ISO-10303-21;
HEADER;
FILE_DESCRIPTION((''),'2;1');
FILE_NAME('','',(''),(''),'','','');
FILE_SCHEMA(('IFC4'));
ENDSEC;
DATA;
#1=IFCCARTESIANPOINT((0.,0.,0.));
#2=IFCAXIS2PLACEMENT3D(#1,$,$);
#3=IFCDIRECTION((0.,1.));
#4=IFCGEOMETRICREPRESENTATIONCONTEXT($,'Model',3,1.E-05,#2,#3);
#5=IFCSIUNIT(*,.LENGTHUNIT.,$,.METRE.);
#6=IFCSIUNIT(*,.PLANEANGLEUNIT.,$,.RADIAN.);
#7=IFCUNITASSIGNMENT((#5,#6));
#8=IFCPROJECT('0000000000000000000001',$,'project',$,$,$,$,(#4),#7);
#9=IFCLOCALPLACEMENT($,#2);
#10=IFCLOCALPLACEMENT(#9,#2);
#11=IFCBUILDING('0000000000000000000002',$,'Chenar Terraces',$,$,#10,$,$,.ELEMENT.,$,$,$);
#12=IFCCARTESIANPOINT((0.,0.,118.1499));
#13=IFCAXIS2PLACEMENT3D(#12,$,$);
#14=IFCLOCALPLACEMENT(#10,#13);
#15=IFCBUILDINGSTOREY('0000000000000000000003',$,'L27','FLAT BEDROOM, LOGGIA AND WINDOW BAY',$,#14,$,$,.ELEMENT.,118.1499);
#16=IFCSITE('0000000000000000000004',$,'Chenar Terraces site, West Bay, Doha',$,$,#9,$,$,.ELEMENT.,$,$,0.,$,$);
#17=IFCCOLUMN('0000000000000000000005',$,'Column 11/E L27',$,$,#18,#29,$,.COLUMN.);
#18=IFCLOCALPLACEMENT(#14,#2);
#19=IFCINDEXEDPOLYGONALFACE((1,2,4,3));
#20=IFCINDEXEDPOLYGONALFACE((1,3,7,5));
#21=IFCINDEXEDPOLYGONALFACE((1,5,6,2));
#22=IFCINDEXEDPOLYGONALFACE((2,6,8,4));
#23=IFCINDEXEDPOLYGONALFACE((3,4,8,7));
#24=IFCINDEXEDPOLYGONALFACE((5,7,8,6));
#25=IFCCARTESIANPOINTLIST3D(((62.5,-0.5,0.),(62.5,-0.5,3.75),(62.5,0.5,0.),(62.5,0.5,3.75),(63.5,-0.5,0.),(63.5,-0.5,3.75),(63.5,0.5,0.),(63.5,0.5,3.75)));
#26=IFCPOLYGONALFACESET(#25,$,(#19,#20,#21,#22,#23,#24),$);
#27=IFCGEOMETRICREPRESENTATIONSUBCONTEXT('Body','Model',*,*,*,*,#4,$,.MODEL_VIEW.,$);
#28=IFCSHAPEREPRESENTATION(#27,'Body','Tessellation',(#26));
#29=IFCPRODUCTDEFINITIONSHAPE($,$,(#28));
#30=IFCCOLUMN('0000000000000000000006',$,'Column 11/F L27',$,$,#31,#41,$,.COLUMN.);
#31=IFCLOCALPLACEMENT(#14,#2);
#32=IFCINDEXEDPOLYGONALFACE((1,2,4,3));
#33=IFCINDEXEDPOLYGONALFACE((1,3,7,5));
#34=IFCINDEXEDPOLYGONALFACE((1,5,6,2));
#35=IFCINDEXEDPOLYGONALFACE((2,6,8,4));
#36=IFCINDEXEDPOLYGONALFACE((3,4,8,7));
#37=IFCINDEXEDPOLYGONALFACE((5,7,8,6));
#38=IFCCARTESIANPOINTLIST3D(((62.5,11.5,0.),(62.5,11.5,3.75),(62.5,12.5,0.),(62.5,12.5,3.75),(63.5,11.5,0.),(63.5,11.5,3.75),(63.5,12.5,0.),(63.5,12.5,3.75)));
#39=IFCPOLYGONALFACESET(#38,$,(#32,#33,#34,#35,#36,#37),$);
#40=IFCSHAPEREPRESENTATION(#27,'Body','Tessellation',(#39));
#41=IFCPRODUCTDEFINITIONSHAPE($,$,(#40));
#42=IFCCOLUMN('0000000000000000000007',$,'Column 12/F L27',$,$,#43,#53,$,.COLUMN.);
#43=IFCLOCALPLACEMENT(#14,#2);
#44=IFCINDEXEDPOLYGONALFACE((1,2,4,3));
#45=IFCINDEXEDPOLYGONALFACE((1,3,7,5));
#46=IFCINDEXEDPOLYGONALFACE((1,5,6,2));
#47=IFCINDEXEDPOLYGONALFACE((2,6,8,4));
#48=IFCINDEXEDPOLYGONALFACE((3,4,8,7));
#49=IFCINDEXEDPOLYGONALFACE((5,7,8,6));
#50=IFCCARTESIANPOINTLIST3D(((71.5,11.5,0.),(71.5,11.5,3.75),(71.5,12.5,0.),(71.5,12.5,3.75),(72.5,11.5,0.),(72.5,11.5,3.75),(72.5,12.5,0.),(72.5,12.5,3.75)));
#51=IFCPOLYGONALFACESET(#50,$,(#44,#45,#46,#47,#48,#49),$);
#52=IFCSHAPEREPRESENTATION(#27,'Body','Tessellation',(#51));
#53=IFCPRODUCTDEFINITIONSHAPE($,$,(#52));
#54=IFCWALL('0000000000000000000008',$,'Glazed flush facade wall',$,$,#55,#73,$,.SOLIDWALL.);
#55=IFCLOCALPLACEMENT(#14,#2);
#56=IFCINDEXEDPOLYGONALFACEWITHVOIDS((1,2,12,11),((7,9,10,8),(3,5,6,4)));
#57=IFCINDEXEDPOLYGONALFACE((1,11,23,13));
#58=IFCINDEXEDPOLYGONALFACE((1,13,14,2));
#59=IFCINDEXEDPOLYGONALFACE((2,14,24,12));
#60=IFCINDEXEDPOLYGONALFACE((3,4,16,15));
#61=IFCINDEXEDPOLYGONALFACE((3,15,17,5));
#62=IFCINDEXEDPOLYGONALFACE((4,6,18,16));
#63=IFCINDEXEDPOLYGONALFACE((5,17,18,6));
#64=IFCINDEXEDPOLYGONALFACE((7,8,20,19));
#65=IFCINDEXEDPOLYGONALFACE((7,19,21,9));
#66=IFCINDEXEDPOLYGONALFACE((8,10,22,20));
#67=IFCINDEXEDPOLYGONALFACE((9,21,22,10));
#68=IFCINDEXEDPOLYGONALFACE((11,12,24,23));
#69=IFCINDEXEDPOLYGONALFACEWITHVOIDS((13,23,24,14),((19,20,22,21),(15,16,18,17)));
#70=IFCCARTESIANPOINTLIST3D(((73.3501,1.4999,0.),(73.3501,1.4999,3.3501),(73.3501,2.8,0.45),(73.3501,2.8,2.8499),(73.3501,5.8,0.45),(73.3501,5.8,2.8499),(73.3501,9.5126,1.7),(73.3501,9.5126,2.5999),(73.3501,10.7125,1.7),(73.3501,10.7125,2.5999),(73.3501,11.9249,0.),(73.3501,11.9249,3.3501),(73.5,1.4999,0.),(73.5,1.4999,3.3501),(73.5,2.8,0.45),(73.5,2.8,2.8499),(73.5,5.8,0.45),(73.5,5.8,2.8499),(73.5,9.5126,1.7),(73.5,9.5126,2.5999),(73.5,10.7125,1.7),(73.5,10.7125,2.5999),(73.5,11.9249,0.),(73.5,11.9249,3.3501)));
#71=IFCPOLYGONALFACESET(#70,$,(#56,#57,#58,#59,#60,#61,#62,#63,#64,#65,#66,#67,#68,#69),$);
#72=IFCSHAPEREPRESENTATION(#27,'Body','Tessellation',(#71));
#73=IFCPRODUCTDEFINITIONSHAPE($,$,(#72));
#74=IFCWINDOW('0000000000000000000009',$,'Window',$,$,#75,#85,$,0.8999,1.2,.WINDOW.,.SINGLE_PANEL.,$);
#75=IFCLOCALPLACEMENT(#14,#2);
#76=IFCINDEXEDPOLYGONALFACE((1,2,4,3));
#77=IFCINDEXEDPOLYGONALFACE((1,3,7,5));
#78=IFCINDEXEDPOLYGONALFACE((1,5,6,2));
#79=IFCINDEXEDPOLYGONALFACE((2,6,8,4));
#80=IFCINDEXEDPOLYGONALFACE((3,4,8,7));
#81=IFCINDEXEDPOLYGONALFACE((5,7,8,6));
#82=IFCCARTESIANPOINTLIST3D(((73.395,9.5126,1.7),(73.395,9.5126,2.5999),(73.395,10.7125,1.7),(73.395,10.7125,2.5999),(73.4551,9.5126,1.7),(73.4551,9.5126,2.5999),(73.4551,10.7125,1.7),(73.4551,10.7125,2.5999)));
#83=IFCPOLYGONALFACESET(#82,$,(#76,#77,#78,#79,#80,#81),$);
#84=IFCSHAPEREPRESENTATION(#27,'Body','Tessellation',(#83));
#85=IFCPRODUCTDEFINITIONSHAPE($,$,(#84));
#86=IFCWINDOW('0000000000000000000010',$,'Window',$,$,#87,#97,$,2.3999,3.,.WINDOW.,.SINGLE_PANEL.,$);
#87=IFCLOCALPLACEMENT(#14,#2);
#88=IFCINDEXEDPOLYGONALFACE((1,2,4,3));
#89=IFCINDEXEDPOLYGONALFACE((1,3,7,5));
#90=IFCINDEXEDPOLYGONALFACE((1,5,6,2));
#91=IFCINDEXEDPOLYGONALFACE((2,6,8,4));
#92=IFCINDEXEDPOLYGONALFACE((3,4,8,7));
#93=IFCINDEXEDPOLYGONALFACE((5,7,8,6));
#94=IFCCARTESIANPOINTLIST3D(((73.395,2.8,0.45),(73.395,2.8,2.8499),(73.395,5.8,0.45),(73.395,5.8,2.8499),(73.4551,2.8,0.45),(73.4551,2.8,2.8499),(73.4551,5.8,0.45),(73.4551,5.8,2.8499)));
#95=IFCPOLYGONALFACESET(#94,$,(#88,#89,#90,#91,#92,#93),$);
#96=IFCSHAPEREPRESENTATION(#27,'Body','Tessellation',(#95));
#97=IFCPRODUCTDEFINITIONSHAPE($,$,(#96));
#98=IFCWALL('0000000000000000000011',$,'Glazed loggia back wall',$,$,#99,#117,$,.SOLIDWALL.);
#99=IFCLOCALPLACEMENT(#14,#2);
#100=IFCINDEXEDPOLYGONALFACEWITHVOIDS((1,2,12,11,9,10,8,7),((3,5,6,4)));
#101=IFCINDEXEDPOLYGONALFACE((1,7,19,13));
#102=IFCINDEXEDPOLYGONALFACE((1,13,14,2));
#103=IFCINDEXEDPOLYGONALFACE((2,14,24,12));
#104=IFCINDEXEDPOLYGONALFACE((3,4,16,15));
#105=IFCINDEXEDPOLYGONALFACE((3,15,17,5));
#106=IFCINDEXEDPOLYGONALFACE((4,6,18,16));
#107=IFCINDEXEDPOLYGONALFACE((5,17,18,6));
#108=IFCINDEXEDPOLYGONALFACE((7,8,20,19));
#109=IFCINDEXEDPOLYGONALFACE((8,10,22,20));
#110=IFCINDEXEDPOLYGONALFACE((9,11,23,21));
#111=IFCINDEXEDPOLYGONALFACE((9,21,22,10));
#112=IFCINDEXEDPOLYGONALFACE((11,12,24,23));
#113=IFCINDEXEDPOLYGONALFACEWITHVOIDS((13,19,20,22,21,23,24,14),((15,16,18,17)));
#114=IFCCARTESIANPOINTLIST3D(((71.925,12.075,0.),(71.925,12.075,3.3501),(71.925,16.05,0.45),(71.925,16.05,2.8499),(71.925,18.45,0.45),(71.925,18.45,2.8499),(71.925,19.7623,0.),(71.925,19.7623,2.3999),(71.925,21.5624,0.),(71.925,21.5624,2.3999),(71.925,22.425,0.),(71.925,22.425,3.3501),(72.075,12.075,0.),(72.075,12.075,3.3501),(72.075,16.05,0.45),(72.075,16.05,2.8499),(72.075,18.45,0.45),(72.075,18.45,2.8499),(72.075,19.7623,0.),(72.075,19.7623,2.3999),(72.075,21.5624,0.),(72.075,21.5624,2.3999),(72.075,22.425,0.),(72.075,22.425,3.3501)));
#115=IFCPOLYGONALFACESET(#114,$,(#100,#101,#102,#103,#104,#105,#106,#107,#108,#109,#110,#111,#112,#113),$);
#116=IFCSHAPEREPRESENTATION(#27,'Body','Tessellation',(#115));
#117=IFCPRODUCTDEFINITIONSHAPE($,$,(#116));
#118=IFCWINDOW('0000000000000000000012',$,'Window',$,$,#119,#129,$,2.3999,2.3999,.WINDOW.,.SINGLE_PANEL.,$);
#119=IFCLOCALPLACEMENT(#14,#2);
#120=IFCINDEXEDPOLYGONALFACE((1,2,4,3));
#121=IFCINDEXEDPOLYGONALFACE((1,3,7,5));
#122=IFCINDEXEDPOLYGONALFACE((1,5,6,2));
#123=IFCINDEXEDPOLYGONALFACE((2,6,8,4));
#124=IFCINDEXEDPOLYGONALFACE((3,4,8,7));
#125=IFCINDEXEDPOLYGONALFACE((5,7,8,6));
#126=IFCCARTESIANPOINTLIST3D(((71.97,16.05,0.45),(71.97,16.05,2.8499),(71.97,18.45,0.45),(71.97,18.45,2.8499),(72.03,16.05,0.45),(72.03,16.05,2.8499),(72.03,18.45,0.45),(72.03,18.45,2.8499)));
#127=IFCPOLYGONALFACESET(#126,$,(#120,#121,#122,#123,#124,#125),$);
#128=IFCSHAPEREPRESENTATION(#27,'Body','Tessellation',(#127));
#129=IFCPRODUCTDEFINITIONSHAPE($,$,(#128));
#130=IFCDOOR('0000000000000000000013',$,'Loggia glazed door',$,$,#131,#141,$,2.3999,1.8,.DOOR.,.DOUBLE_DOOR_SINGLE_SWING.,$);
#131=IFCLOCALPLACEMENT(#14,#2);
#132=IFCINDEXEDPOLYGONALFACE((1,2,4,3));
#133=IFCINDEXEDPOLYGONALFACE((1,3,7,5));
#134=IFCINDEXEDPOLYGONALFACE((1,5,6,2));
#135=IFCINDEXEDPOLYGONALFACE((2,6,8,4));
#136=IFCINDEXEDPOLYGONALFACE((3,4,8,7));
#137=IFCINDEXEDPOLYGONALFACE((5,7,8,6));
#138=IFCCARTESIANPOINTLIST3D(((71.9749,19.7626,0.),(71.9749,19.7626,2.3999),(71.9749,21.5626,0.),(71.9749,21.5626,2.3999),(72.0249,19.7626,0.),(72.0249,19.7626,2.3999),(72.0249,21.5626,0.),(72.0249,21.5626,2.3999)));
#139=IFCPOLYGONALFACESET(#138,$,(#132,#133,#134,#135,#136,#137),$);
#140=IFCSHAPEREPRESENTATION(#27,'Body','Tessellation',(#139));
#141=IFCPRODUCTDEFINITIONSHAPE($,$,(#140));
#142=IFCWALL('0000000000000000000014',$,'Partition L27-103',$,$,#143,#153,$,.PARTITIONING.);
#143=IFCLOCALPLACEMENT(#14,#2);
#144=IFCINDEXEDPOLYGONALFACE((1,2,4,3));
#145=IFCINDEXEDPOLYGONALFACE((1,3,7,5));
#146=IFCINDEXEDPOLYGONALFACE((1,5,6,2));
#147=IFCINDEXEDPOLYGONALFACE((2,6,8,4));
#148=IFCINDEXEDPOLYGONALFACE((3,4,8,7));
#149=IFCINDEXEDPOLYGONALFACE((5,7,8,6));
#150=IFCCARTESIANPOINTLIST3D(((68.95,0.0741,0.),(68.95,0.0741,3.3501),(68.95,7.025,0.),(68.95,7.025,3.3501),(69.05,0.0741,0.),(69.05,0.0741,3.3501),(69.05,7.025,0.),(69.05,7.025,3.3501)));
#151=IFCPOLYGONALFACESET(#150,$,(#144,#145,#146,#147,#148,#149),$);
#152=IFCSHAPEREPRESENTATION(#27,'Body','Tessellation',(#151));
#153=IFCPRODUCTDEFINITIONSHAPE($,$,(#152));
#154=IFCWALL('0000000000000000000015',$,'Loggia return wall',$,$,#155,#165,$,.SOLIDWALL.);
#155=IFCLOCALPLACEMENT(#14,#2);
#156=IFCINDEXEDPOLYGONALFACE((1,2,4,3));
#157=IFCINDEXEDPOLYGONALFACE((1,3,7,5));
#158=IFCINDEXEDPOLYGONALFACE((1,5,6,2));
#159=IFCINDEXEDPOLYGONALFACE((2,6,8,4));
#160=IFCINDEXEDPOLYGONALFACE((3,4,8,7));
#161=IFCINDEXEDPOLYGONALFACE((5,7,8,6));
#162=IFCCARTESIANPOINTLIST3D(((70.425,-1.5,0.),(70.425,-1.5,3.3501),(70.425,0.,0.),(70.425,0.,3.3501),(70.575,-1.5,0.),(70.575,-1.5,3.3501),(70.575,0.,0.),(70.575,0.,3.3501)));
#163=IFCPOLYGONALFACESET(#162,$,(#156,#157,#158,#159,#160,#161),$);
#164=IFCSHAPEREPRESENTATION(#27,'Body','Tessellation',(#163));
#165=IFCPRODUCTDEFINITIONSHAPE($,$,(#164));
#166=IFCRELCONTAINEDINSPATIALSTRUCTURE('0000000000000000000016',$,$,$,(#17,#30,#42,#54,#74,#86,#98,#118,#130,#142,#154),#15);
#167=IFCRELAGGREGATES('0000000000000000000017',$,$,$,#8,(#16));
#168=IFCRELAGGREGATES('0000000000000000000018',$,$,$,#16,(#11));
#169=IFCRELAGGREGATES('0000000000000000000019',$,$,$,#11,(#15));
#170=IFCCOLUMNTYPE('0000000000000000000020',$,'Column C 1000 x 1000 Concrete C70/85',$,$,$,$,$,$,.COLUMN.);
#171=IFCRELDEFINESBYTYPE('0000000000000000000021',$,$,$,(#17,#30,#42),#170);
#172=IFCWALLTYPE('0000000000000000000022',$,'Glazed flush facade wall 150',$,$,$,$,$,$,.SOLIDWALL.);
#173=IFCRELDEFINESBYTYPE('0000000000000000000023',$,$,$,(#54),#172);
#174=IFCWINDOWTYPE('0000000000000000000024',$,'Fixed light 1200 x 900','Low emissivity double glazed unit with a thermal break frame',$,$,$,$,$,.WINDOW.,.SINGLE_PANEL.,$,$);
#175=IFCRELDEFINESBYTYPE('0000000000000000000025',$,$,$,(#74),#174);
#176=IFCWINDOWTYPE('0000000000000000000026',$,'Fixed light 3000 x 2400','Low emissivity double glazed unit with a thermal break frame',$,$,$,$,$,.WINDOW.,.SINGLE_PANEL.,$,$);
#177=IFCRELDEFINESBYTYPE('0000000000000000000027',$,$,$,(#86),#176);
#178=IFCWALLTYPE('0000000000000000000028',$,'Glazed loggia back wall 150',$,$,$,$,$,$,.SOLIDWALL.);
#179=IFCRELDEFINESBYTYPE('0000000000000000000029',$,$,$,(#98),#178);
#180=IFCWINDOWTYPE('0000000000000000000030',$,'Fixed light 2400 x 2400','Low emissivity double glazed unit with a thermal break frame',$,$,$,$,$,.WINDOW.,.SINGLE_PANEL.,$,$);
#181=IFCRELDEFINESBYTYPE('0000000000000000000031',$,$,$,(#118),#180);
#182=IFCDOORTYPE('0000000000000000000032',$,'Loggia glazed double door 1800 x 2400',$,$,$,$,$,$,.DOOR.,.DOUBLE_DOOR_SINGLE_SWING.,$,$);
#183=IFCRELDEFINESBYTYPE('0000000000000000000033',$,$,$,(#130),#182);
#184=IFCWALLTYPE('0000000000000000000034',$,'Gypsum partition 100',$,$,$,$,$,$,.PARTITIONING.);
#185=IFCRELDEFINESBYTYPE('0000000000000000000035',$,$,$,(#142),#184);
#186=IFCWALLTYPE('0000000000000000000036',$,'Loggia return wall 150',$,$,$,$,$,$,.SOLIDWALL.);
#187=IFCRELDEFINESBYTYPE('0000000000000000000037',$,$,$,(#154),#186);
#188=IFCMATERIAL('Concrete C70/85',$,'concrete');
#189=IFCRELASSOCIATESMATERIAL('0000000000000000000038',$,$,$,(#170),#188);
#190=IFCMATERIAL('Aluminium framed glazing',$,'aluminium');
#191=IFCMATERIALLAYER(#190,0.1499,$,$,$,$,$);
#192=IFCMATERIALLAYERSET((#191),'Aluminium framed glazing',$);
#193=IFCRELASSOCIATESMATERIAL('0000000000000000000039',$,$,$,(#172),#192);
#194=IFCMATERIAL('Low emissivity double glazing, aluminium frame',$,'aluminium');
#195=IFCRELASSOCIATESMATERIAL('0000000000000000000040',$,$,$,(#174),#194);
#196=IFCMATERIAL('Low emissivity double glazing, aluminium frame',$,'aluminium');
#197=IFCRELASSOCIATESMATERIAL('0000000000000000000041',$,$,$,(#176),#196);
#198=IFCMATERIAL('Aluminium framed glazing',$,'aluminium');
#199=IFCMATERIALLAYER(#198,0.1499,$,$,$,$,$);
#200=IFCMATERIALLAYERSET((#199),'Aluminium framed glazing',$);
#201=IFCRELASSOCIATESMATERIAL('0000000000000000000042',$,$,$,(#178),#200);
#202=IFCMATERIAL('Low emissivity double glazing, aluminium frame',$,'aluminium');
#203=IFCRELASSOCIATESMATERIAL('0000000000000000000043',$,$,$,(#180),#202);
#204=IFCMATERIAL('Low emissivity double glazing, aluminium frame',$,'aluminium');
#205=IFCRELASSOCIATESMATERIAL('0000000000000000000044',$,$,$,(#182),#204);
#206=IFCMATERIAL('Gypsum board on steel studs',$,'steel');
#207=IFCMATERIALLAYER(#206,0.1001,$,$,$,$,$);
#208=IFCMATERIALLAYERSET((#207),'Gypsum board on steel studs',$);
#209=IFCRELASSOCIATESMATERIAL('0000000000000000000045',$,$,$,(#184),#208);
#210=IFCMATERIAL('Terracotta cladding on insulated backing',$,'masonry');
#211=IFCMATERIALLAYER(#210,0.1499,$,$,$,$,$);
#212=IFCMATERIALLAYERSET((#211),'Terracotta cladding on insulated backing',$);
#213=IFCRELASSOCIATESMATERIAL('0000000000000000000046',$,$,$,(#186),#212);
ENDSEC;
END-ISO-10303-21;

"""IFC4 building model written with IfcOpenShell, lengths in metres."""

from ifc_helpers import new_model, si_unit, direction, frame, frame_2d, origin, origin_2d, place, context, subcontext, project, spatial, rectangle, extrude, material, layer, layer_set, material_profile, profile_set, type_object, element, fill, save


model = new_model("IFC4")

# Units and contexts
model_context = context("Model", 3, precision=1e-05, world=origin(), true_north=direction((0.0, 1.0)))
body_context = subcontext(model_context, "Body", "Model", "MODEL_VIEW")
ifc_project = project(units=[si_unit("LENGTHUNIT", "METRE"), si_unit("PLANEANGLEUNIT", "RADIAN")], contexts=[model_context])

# Site, building, storey
site_placement = place(None, origin())
site = spatial("IfcSite", under=ifc_project, at=site_placement, Name="Chenar Terraces site, West Bay, Doha", CompositionType="ELEMENT", RefElevation=0.0)
building_placement = place(site_placement, origin())
building = spatial("IfcBuilding", under=site, at=building_placement, Name="Chenar Terraces", CompositionType="ELEMENT")
storey_placement = place(building_placement, frame((0.0, 0.0, 118.1499)))
storey = spatial("IfcBuildingStorey", under=building, at=storey_placement, Name="L27", Description="FLAT BEDROOM, LOGGIA AND WINDOW BAY", CompositionType="ELEMENT", Elevation=118.1499)

# Columns
ifc_material_1 = material(Name="Concrete C70/85", Category="concrete")
ifc_material_profile = material_profile(ifc_material_1, rectangle(XDim=1.0, YDim=1.0, at=origin_2d()), Name="C 1000 x 1000")
ifc_profile_set = profile_set([ifc_material_profile], Name="Concrete C70/85")
column_type = type_object("IfcColumnType", Name="Column C 1000 x 1000 Concrete C70/85", PredefinedType="COLUMN", material=ifc_profile_set)
for number, where, z_axis, x_axis, name in (
    (1, (63.0, 0.0, 0.0), (0.0, 0.0, 1.0), (1.0, 0.0, 0.0), "Column 11/E L27"),
    (2, (63.0, 12.0, 0.0), (0.0, 0.0, 1.0), (1.0, 0.0, 0.0), "Column 11/F L27"),
    (3, (72.0, 12.0, 0.0), (0.0, 0.0, 1.0), (1.0, 0.0, 0.0), "Column 12/F L27"),
):
    element("IfcColumn", number, at=place(storey_placement, frame(where, z_axis=z_axis, x_axis=x_axis)), inside=storey, type_object=column_type, Name=name, PredefinedType="COLUMN", context=body_context, shape_type="SweptSolid", body=[
        extrude(rectangle(XDim=1.0, YDim=1.0, at=origin_2d()), origin(), (0.0, 0.0, 1.0), 3.75),
    ])

# Wall, openings, windows
ifc_material_2 = material(Name="Aluminium framed glazing", Category="aluminium")
ifc_layer_1 = layer(ifc_material_2, 0.1499)
ifc_layer_set_1 = layer_set([ifc_layer_1], Name="Aluminium framed glazing")
wall_type_1 = type_object("IfcWallType", Name="Glazed flush facade wall 150", PredefinedType="SOLIDWALL", material=ifc_layer_set_1)
wall_1_placement = place(storey_placement, frame((73.425, 1.5, 0.0), z_axis=(0.0, 0.0, 1.0), x_axis=(0.0, 1.0, 0.0)))
wall_1 = element("IfcWall", 4, at=wall_1_placement, inside=storey, type_object=wall_type_1, Name="Glazed flush facade wall", PredefinedType="SOLIDWALL", context=body_context, shape_type="SweptSolid", body=[
    extrude(rectangle(XDim=10.425, YDim=0.1499, at=frame_2d((5.2124, 0.0))), origin(), (0.0, 0.0, 1.0), 3.3501),
])
opening_1_placement = place(wall_1_placement, frame((1.3, 0.0, 0.45)))
opening_1 = element("IfcOpeningElement", 5, at=opening_1_placement, cuts=wall_1, PredefinedType="OPENING", context=body_context, shape_type="SweptSolid", body=[
    extrude(rectangle(XDim=3.0, YDim=2.3999, at=frame_2d((1.5, 1.2))), frame((0.0, 0.085, 0.0), z_axis=(0.0, -1.0, 0.0), x_axis=(1.0, 0.0, 0.0)), (0.0, 0.0, 1.0), 0.1699),
])
opening_2_placement = place(wall_1_placement, frame((8.0125, 0.0, 1.7)))
opening_2 = element("IfcOpeningElement", 6, at=opening_2_placement, cuts=wall_1, PredefinedType="OPENING", context=body_context, shape_type="SweptSolid", body=[
    extrude(rectangle(XDim=1.2, YDim=0.8999, at=frame_2d((0.6001, 0.45))), frame((0.0, 0.085, 0.0), z_axis=(0.0, -1.0, 0.0), x_axis=(1.0, 0.0, 0.0)), (0.0, 0.0, 1.0), 0.1699),
])
ifc_material_3 = material(Name="Low emissivity double glazing, aluminium frame", Category="aluminium")
window_type_1 = type_object("IfcWindowType", Name="Fixed light 1200 x 900", Description="Low emissivity double glazed unit with a thermal break frame", PartitioningType="SINGLE_PANEL", PredefinedType="WINDOW", material=ifc_material_3)
window_1_placement = place(opening_2_placement, origin())
window_1 = element("IfcWindow", 7, at=window_1_placement, inside=storey, type_object=window_type_1, Name="Window", OverallHeight=0.8999, OverallWidth=1.2, PartitioningType="SINGLE_PANEL", PredefinedType="WINDOW", context=body_context, shape_type="SweptSolid", body=[
    extrude(rectangle(XDim=1.2, YDim=0.8999, at=frame_2d((0.6001, 0.45))), frame((0.0, 0.03, 0.0), z_axis=(0.0, -1.0, 0.0), x_axis=(1.0, 0.0, 0.0)), (0.0, 0.0, 1.0), 0.0601),
])
fill(opening_2, window_1)
ifc_material_4 = material(Name="Low emissivity double glazing, aluminium frame", Category="aluminium")
window_type_2 = type_object("IfcWindowType", Name="Fixed light 3000 x 2400", Description="Low emissivity double glazed unit with a thermal break frame", PartitioningType="SINGLE_PANEL", PredefinedType="WINDOW", material=ifc_material_4)
window_2_placement = place(opening_1_placement, origin())
window_2 = element("IfcWindow", 8, at=window_2_placement, inside=storey, type_object=window_type_2, Name="Window", OverallHeight=2.3999, OverallWidth=3.0, PartitioningType="SINGLE_PANEL", PredefinedType="WINDOW", context=body_context, shape_type="SweptSolid", body=[
    extrude(rectangle(XDim=3.0, YDim=2.3999, at=frame_2d((1.5, 1.2))), frame((0.0, 0.03, 0.0), z_axis=(0.0, -1.0, 0.0), x_axis=(1.0, 0.0, 0.0)), (0.0, 0.0, 1.0), 0.0601),
])
fill(opening_1, window_2)

# Wall, openings, window, door
ifc_material_5 = material(Name="Aluminium framed glazing", Category="aluminium")
ifc_layer_2 = layer(ifc_material_5, 0.1499)
ifc_layer_set_2 = layer_set([ifc_layer_2], Name="Aluminium framed glazing")
wall_type_2 = type_object("IfcWallType", Name="Glazed loggia back wall 150", PredefinedType="SOLIDWALL", material=ifc_layer_set_2)
wall_2_placement = place(storey_placement, frame((72.0, 12.075, 0.0), z_axis=(0.0, 0.0, 1.0), x_axis=(0.0, 1.0, 0.0)))
wall_2 = element("IfcWall", 9, at=wall_2_placement, inside=storey, type_object=wall_type_2, Name="Glazed loggia back wall", PredefinedType="SOLIDWALL", context=body_context, shape_type="SweptSolid", body=[
    extrude(rectangle(XDim=10.3501, YDim=0.1499, at=frame_2d((5.175, 0.0))), origin(), (0.0, 0.0, 1.0), 3.3501),
])
opening_3_placement = place(wall_2_placement, frame((3.9751, 0.0, 0.45)))
opening_3 = element("IfcOpeningElement", 10, at=opening_3_placement, cuts=wall_2, PredefinedType="OPENING", context=body_context, shape_type="SweptSolid", body=[
    extrude(rectangle(XDim=2.3999, YDim=2.3999, at=frame_2d((1.2, 1.2))), frame((0.0, 0.085, 0.0), z_axis=(0.0, -1.0, 0.0), x_axis=(1.0, 0.0, 0.0)), (0.0, 0.0, 1.0), 0.1699),
])
opening_4_placement = place(wall_2_placement, frame((7.6875, 0.0, 0.0)))
opening_4 = element("IfcOpeningElement", 11, at=opening_4_placement, cuts=wall_2, PredefinedType="OPENING", context=body_context, shape_type="SweptSolid", body=[
    extrude(rectangle(XDim=1.8, YDim=2.3999, at=frame_2d((0.8999, 1.2))), frame((0.0, 0.085, 0.0), z_axis=(0.0, -1.0, 0.0), x_axis=(1.0, 0.0, 0.0)), (0.0, 0.0, 1.0), 0.1699),
])
ifc_material_6 = material(Name="Low emissivity double glazing, aluminium frame", Category="aluminium")
window_type_3 = type_object("IfcWindowType", Name="Fixed light 2400 x 2400", Description="Low emissivity double glazed unit with a thermal break frame", PartitioningType="SINGLE_PANEL", PredefinedType="WINDOW", material=ifc_material_6)
window_3_placement = place(opening_3_placement, origin())
window_3 = element("IfcWindow", 12, at=window_3_placement, inside=storey, type_object=window_type_3, Name="Window", OverallHeight=2.3999, OverallWidth=2.3999, PartitioningType="SINGLE_PANEL", PredefinedType="WINDOW", context=body_context, shape_type="SweptSolid", body=[
    extrude(rectangle(XDim=2.3999, YDim=2.3999, at=frame_2d((1.2, 1.2))), frame((0.0, 0.03, 0.0), z_axis=(0.0, -1.0, 0.0), x_axis=(1.0, 0.0, 0.0)), (0.0, 0.0, 1.0), 0.0601),
])
fill(opening_3, window_3)
ifc_material_7 = material(Name="Low emissivity double glazing, aluminium frame", Category="aluminium")
door_type_1 = type_object("IfcDoorType", Name="Loggia glazed double door 1800 x 2400", OperationType="DOUBLE_DOOR_SINGLE_SWING", PredefinedType="DOOR", material=ifc_material_7)
door_1_placement = place(opening_4_placement, frame((1.8, 0.0, 0.0), z_axis=(0.0, 0.0, 1.0), x_axis=(-1.0, 0.0, 0.0)))
door_1 = element("IfcDoor", 13, at=door_1_placement, inside=storey, type_object=door_type_1, Name="Loggia glazed door", OperationType="DOUBLE_DOOR_SINGLE_SWING", OverallHeight=2.3999, OverallWidth=1.8, PredefinedType="DOOR", context=body_context, shape_type="SweptSolid", body=[
    extrude(rectangle(XDim=1.8, YDim=2.3999, at=frame_2d((0.8999, 1.2))), frame((0.0, 0.0249, 0.0), z_axis=(0.0, -1.0, 0.0), x_axis=(1.0, 0.0, 0.0)), (0.0, 0.0, 1.0), 0.05),
])
fill(opening_4, door_1)

# Walls
ifc_material_8 = material(Name="Gypsum board on steel studs", Category="steel")
ifc_layer_3 = layer(ifc_material_8, 0.1001)
ifc_layer_set_3 = layer_set([ifc_layer_3], Name="Gypsum board on steel studs")
wall_type_3 = type_object("IfcWallType", Name="Gypsum partition 100", PredefinedType="PARTITIONING", material=ifc_layer_set_3)
wall_3_placement = place(storey_placement, frame((69.0, 0.074, 0.0), z_axis=(0.0, 0.0, 1.0), x_axis=(0.0, 1.0, 0.0)))
element("IfcWall", 14, at=wall_3_placement, inside=storey, type_object=wall_type_3, Name="Partition L27-103", PredefinedType="PARTITIONING", context=body_context, shape_type="SweptSolid", body=[
    extrude(rectangle(XDim=6.9509, YDim=0.1001, at=frame_2d((3.4756, 0.0))), origin(), (0.0, 0.0, 1.0), 3.3501),
])
ifc_material_9 = material(Name="Terracotta cladding on insulated backing", Category="masonry")
ifc_layer_4 = layer(ifc_material_9, 0.1499)
ifc_layer_set_4 = layer_set([ifc_layer_4], Name="Terracotta cladding on insulated backing")
wall_type_4 = type_object("IfcWallType", Name="Loggia return wall 150", PredefinedType="SOLIDWALL", material=ifc_layer_set_4)
for number, where, z_axis, x_axis, name in (
    (15, (70.5, -1.5, 0.0), (0.0, 0.0, 1.0), (0.0, 1.0, 0.0), "Loggia return wall"),
):
    element("IfcWall", number, at=place(storey_placement, frame(where, z_axis=z_axis, x_axis=x_axis)), inside=storey, type_object=wall_type_4, Name=name, PredefinedType="SOLIDWALL", context=body_context, shape_type="SweptSolid", body=[
        extrude(rectangle(XDim=1.5, YDim=0.1499, at=frame_2d((0.75, 0.0))), origin(), (0.0, 0.0, 1.0), 3.3501),
    ])

save(model, "model.ifc")
